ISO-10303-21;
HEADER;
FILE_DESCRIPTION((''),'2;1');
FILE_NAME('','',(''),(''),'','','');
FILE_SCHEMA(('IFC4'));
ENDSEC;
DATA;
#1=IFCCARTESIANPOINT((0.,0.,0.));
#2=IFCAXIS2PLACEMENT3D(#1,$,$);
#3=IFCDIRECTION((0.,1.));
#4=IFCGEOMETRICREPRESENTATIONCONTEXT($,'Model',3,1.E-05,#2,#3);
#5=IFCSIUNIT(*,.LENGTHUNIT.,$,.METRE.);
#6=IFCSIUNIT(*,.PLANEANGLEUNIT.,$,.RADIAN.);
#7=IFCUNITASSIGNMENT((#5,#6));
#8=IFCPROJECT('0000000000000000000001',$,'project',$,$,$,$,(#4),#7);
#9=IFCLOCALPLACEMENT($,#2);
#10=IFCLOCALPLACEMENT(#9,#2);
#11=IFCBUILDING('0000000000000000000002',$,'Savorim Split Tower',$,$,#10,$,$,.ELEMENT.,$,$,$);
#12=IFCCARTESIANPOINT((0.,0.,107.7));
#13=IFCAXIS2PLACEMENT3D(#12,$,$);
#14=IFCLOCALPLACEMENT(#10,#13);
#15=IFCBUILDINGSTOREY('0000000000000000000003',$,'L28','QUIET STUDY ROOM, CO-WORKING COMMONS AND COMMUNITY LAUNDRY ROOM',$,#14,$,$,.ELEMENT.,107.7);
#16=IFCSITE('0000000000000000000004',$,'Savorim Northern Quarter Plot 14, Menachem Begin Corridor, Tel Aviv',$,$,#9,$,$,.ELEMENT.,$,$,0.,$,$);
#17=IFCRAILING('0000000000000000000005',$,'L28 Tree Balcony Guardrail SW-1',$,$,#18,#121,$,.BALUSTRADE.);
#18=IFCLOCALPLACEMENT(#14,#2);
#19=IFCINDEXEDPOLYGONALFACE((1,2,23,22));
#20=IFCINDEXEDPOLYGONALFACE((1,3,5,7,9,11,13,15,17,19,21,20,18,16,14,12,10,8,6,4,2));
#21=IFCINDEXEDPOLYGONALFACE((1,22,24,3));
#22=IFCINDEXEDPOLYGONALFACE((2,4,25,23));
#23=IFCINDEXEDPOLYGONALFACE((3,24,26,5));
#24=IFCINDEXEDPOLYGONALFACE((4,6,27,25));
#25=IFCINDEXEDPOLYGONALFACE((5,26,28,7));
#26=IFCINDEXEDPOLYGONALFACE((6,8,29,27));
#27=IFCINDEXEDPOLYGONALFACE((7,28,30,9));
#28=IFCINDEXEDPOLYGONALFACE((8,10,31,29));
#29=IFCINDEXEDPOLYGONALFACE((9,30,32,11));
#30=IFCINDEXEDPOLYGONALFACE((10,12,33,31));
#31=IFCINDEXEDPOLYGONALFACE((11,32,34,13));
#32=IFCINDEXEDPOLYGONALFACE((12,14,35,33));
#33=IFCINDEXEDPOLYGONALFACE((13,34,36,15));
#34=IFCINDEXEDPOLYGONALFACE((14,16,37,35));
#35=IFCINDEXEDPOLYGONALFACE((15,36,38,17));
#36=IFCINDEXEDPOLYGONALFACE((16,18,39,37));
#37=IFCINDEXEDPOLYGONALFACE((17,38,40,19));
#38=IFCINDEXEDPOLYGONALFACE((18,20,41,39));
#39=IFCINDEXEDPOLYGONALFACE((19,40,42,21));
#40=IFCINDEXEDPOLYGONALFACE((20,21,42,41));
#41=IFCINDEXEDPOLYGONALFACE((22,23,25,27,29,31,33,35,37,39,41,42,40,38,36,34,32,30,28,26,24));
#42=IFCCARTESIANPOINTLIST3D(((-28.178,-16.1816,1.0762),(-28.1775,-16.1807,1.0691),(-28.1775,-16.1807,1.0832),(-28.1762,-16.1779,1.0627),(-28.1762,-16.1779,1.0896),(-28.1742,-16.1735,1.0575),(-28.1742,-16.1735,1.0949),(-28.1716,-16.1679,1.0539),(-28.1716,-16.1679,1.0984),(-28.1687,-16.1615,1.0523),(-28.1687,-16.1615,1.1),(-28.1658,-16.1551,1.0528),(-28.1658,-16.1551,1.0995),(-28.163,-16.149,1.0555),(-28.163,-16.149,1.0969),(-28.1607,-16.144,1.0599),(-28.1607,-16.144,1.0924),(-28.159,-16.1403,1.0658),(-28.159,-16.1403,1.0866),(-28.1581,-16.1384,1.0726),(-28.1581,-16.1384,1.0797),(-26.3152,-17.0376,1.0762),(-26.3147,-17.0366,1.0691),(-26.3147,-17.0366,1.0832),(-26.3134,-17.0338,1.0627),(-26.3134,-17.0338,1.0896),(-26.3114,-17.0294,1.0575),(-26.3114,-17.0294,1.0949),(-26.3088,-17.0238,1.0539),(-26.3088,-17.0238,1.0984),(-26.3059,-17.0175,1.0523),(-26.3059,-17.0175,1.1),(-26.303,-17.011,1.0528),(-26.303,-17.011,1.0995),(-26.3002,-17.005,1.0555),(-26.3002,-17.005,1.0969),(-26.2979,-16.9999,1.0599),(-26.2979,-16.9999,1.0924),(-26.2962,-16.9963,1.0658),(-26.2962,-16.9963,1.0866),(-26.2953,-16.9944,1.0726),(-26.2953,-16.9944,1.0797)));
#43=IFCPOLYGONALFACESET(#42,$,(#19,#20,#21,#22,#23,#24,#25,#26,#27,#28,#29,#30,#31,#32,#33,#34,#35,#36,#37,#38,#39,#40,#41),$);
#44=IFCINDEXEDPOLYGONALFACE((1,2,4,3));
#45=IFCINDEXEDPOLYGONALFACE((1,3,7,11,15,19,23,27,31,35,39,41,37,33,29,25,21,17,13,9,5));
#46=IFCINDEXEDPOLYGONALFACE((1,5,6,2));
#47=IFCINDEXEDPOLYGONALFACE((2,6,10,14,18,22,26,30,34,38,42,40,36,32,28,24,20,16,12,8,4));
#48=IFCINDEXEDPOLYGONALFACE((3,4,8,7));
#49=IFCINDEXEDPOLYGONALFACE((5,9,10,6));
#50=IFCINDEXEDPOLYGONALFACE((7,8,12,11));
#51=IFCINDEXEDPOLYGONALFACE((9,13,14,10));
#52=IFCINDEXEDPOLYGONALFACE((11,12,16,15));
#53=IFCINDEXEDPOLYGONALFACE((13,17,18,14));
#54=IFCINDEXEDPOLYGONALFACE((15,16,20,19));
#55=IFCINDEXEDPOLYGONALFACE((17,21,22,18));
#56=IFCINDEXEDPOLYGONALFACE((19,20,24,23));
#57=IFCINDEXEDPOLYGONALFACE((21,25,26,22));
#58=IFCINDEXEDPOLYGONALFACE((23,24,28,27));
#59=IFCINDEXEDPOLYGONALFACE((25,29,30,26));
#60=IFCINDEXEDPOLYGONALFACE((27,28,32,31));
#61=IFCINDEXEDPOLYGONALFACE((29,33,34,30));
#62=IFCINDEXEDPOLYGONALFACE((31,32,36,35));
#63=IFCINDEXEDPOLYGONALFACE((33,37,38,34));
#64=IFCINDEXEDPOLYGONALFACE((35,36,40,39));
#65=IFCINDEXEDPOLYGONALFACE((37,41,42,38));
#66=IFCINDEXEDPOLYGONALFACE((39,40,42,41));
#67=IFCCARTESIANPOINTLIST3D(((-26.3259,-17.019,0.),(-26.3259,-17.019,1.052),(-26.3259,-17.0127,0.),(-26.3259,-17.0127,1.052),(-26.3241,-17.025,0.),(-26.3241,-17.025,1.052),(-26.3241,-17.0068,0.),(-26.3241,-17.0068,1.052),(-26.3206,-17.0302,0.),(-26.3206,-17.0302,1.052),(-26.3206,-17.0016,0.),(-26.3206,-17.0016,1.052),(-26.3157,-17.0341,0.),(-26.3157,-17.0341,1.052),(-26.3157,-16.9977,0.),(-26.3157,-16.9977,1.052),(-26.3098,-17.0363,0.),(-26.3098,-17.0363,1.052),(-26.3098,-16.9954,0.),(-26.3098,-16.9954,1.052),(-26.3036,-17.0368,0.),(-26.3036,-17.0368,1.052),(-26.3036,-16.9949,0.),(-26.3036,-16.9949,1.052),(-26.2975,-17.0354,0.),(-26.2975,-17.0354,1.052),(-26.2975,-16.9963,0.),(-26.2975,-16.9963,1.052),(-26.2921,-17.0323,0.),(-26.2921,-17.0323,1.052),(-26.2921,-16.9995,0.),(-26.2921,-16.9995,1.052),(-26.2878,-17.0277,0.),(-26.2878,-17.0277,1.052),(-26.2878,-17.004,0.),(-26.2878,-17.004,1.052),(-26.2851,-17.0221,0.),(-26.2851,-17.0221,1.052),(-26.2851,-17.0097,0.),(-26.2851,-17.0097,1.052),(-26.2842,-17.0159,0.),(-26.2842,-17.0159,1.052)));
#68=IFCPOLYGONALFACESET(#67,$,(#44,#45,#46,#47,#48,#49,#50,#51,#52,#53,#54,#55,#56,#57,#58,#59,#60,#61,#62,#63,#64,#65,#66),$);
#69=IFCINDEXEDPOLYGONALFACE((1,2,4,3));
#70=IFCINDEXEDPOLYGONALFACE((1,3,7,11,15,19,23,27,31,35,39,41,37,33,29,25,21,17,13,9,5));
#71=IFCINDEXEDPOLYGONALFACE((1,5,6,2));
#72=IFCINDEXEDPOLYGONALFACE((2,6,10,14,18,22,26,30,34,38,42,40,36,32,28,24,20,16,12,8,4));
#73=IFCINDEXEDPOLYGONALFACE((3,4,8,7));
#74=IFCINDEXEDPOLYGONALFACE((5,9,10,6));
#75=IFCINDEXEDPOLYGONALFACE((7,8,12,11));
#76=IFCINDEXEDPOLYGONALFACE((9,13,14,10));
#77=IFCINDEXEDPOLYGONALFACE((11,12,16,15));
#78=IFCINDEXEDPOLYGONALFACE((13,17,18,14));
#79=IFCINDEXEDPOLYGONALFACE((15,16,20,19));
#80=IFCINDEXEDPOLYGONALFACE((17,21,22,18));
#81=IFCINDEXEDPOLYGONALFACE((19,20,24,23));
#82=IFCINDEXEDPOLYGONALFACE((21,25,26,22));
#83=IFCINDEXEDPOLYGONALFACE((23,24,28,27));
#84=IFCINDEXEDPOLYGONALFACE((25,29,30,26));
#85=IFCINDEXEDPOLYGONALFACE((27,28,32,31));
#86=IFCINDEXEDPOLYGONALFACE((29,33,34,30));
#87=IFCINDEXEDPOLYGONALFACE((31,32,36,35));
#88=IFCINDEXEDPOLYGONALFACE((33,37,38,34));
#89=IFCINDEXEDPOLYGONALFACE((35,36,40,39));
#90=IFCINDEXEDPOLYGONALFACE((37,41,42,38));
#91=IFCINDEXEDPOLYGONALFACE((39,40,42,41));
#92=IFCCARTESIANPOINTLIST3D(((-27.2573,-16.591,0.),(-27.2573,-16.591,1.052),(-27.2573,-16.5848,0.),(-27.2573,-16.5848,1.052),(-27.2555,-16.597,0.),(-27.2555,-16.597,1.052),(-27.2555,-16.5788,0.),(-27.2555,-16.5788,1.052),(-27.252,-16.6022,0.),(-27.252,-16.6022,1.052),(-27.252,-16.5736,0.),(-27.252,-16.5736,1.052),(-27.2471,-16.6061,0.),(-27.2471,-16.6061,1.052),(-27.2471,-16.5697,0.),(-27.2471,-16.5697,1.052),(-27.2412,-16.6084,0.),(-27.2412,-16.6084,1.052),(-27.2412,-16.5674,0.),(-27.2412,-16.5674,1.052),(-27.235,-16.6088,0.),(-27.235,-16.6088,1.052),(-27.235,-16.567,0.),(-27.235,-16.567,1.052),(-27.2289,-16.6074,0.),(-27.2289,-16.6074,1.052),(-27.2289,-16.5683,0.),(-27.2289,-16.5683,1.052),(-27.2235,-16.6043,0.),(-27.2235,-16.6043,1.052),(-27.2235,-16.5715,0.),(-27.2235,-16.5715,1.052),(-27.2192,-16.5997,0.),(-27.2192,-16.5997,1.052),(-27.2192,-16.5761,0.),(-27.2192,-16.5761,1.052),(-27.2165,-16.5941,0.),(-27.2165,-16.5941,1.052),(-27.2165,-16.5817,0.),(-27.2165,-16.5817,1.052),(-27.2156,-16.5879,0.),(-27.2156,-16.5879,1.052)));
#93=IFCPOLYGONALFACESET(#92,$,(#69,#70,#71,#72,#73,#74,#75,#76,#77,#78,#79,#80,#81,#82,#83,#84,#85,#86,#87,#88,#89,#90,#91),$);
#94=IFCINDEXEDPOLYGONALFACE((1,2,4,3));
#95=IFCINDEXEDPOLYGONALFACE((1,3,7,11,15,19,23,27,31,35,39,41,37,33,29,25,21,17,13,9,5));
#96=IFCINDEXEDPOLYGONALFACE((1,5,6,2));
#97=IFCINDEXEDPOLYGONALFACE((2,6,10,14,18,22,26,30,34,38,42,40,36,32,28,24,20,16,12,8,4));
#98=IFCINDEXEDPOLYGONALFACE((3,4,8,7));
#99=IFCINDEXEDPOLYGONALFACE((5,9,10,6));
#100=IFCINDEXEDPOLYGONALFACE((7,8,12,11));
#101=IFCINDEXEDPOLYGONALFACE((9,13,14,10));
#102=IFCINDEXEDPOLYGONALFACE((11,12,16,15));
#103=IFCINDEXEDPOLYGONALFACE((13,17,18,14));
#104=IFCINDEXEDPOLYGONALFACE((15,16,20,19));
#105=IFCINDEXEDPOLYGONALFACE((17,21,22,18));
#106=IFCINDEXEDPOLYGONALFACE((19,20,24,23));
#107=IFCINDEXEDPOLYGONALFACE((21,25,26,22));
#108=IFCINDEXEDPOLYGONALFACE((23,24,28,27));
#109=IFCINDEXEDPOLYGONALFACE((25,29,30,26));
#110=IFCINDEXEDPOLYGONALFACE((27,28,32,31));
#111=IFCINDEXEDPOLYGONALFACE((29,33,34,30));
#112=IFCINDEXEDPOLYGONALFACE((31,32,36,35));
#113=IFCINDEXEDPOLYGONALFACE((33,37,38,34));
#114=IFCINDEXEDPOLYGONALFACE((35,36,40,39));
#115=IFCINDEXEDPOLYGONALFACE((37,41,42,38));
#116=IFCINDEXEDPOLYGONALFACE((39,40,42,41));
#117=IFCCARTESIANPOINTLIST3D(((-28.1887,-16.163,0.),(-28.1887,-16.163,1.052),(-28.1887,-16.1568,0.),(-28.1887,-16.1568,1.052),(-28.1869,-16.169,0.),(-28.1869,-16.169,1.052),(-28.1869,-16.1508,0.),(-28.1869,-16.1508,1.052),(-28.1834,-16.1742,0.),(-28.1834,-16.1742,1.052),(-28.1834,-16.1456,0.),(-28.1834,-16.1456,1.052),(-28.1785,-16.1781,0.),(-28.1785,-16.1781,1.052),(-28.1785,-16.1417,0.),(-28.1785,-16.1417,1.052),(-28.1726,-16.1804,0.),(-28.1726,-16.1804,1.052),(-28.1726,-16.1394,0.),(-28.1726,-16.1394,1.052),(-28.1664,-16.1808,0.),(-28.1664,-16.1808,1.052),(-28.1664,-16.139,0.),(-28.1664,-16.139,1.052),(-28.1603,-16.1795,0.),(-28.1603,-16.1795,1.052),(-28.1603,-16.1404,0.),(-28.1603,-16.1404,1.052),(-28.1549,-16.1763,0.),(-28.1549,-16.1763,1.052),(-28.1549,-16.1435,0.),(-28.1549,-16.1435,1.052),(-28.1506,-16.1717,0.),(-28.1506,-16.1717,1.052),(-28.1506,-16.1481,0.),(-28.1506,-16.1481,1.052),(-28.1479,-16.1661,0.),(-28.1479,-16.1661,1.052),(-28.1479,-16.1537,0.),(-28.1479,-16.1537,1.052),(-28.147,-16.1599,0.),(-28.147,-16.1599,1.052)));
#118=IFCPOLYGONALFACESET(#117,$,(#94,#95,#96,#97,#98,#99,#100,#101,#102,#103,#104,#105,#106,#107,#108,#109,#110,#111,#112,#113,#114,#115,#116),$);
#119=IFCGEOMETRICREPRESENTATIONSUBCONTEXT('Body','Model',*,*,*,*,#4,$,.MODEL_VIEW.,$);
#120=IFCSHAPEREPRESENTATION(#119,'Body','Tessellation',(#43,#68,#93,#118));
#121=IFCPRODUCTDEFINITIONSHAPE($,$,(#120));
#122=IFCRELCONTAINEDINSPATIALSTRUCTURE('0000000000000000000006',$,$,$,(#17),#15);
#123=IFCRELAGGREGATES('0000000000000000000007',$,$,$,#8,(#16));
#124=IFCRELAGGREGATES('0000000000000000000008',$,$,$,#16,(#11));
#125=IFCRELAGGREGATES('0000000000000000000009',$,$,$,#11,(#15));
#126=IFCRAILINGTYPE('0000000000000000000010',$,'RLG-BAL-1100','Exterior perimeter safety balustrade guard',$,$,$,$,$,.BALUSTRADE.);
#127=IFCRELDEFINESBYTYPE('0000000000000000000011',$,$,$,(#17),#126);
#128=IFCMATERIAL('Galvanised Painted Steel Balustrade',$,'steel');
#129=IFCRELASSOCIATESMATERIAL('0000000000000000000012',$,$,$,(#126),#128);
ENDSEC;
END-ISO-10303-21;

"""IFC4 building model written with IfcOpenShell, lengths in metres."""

from ifc_helpers import new_model, si_unit, direction, frame, origin, origin_2d, place, context, subcontext, project, spatial, circle, extrude, material, type_object, element, save


model = new_model("IFC4")

# Units and contexts
model_context = context("Model", 3, precision=1e-05, world=origin(), true_north=direction((0.0, 1.0)))
body_context = subcontext(model_context, "Body", "Model", "MODEL_VIEW")
ifc_project = project(units=[si_unit("LENGTHUNIT", "METRE"), si_unit("PLANEANGLEUNIT", "RADIAN")], contexts=[model_context])

# Site, building, storey
site_placement = place(None, origin())
site = spatial("IfcSite", under=ifc_project, at=site_placement, Name="Savorim Northern Quarter Plot 14, Menachem Begin Corridor, Tel Aviv", CompositionType="ELEMENT", RefElevation=0.0)
building_placement = place(site_placement, origin())
building = spatial("IfcBuilding", under=site, at=building_placement, Name="Savorim Split Tower", CompositionType="ELEMENT")
storey_placement = place(building_placement, frame((0.0, 0.0, 107.7)))
storey = spatial("IfcBuildingStorey", under=building, at=storey_placement, Name="L28", Description="QUIET STUDY ROOM, CO-WORKING COMMONS AND COMMUNITY LAUNDRY ROOM", CompositionType="ELEMENT", Elevation=107.7)

# Railing
ifc_material_1 = material(Name="Galvanised Painted Steel Balustrade", Category="steel")
railing_type = type_object("IfcRailingType", Name="RLG-BAL-1100", Description="Exterior perimeter safety balustrade guard", PredefinedType="BALUSTRADE", material=ifc_material_1)
railing_1_placement = place(storey_placement, frame((-26.3052, -17.0159, 0.0)))
element("IfcRailing", 1, at=railing_1_placement, inside=storey, type_object=railing_type, Name="L28 Tree Balcony Guardrail SW-1", PredefinedType="BALUSTRADE", context=body_context, shape_type="SweptSolid", body=[
    extrude(circle(Radius=0.0239, at=origin_2d()), frame((0.0, 0.0, 1.0762), z_axis=(-0.908662, 0.417532, 0.0), x_axis=(-0.417532, -0.908662, 0.0)), (0.0, 0.0, 1.0), 2.05),
    extrude(circle(Radius=0.021, at=origin_2d()), origin(), (0.0, 0.0, 1.0), 1.052),
    extrude(circle(Radius=0.021, at=origin_2d()), frame((-0.9314, 0.428, 0.0)), (0.0, 0.0, 1.0), 1.052),
    extrude(circle(Radius=0.021, at=origin_2d()), frame((-1.8628, 0.856, 0.0)), (0.0, 0.0, 1.0), 1.052),
])

save(model, "model.ifc")
